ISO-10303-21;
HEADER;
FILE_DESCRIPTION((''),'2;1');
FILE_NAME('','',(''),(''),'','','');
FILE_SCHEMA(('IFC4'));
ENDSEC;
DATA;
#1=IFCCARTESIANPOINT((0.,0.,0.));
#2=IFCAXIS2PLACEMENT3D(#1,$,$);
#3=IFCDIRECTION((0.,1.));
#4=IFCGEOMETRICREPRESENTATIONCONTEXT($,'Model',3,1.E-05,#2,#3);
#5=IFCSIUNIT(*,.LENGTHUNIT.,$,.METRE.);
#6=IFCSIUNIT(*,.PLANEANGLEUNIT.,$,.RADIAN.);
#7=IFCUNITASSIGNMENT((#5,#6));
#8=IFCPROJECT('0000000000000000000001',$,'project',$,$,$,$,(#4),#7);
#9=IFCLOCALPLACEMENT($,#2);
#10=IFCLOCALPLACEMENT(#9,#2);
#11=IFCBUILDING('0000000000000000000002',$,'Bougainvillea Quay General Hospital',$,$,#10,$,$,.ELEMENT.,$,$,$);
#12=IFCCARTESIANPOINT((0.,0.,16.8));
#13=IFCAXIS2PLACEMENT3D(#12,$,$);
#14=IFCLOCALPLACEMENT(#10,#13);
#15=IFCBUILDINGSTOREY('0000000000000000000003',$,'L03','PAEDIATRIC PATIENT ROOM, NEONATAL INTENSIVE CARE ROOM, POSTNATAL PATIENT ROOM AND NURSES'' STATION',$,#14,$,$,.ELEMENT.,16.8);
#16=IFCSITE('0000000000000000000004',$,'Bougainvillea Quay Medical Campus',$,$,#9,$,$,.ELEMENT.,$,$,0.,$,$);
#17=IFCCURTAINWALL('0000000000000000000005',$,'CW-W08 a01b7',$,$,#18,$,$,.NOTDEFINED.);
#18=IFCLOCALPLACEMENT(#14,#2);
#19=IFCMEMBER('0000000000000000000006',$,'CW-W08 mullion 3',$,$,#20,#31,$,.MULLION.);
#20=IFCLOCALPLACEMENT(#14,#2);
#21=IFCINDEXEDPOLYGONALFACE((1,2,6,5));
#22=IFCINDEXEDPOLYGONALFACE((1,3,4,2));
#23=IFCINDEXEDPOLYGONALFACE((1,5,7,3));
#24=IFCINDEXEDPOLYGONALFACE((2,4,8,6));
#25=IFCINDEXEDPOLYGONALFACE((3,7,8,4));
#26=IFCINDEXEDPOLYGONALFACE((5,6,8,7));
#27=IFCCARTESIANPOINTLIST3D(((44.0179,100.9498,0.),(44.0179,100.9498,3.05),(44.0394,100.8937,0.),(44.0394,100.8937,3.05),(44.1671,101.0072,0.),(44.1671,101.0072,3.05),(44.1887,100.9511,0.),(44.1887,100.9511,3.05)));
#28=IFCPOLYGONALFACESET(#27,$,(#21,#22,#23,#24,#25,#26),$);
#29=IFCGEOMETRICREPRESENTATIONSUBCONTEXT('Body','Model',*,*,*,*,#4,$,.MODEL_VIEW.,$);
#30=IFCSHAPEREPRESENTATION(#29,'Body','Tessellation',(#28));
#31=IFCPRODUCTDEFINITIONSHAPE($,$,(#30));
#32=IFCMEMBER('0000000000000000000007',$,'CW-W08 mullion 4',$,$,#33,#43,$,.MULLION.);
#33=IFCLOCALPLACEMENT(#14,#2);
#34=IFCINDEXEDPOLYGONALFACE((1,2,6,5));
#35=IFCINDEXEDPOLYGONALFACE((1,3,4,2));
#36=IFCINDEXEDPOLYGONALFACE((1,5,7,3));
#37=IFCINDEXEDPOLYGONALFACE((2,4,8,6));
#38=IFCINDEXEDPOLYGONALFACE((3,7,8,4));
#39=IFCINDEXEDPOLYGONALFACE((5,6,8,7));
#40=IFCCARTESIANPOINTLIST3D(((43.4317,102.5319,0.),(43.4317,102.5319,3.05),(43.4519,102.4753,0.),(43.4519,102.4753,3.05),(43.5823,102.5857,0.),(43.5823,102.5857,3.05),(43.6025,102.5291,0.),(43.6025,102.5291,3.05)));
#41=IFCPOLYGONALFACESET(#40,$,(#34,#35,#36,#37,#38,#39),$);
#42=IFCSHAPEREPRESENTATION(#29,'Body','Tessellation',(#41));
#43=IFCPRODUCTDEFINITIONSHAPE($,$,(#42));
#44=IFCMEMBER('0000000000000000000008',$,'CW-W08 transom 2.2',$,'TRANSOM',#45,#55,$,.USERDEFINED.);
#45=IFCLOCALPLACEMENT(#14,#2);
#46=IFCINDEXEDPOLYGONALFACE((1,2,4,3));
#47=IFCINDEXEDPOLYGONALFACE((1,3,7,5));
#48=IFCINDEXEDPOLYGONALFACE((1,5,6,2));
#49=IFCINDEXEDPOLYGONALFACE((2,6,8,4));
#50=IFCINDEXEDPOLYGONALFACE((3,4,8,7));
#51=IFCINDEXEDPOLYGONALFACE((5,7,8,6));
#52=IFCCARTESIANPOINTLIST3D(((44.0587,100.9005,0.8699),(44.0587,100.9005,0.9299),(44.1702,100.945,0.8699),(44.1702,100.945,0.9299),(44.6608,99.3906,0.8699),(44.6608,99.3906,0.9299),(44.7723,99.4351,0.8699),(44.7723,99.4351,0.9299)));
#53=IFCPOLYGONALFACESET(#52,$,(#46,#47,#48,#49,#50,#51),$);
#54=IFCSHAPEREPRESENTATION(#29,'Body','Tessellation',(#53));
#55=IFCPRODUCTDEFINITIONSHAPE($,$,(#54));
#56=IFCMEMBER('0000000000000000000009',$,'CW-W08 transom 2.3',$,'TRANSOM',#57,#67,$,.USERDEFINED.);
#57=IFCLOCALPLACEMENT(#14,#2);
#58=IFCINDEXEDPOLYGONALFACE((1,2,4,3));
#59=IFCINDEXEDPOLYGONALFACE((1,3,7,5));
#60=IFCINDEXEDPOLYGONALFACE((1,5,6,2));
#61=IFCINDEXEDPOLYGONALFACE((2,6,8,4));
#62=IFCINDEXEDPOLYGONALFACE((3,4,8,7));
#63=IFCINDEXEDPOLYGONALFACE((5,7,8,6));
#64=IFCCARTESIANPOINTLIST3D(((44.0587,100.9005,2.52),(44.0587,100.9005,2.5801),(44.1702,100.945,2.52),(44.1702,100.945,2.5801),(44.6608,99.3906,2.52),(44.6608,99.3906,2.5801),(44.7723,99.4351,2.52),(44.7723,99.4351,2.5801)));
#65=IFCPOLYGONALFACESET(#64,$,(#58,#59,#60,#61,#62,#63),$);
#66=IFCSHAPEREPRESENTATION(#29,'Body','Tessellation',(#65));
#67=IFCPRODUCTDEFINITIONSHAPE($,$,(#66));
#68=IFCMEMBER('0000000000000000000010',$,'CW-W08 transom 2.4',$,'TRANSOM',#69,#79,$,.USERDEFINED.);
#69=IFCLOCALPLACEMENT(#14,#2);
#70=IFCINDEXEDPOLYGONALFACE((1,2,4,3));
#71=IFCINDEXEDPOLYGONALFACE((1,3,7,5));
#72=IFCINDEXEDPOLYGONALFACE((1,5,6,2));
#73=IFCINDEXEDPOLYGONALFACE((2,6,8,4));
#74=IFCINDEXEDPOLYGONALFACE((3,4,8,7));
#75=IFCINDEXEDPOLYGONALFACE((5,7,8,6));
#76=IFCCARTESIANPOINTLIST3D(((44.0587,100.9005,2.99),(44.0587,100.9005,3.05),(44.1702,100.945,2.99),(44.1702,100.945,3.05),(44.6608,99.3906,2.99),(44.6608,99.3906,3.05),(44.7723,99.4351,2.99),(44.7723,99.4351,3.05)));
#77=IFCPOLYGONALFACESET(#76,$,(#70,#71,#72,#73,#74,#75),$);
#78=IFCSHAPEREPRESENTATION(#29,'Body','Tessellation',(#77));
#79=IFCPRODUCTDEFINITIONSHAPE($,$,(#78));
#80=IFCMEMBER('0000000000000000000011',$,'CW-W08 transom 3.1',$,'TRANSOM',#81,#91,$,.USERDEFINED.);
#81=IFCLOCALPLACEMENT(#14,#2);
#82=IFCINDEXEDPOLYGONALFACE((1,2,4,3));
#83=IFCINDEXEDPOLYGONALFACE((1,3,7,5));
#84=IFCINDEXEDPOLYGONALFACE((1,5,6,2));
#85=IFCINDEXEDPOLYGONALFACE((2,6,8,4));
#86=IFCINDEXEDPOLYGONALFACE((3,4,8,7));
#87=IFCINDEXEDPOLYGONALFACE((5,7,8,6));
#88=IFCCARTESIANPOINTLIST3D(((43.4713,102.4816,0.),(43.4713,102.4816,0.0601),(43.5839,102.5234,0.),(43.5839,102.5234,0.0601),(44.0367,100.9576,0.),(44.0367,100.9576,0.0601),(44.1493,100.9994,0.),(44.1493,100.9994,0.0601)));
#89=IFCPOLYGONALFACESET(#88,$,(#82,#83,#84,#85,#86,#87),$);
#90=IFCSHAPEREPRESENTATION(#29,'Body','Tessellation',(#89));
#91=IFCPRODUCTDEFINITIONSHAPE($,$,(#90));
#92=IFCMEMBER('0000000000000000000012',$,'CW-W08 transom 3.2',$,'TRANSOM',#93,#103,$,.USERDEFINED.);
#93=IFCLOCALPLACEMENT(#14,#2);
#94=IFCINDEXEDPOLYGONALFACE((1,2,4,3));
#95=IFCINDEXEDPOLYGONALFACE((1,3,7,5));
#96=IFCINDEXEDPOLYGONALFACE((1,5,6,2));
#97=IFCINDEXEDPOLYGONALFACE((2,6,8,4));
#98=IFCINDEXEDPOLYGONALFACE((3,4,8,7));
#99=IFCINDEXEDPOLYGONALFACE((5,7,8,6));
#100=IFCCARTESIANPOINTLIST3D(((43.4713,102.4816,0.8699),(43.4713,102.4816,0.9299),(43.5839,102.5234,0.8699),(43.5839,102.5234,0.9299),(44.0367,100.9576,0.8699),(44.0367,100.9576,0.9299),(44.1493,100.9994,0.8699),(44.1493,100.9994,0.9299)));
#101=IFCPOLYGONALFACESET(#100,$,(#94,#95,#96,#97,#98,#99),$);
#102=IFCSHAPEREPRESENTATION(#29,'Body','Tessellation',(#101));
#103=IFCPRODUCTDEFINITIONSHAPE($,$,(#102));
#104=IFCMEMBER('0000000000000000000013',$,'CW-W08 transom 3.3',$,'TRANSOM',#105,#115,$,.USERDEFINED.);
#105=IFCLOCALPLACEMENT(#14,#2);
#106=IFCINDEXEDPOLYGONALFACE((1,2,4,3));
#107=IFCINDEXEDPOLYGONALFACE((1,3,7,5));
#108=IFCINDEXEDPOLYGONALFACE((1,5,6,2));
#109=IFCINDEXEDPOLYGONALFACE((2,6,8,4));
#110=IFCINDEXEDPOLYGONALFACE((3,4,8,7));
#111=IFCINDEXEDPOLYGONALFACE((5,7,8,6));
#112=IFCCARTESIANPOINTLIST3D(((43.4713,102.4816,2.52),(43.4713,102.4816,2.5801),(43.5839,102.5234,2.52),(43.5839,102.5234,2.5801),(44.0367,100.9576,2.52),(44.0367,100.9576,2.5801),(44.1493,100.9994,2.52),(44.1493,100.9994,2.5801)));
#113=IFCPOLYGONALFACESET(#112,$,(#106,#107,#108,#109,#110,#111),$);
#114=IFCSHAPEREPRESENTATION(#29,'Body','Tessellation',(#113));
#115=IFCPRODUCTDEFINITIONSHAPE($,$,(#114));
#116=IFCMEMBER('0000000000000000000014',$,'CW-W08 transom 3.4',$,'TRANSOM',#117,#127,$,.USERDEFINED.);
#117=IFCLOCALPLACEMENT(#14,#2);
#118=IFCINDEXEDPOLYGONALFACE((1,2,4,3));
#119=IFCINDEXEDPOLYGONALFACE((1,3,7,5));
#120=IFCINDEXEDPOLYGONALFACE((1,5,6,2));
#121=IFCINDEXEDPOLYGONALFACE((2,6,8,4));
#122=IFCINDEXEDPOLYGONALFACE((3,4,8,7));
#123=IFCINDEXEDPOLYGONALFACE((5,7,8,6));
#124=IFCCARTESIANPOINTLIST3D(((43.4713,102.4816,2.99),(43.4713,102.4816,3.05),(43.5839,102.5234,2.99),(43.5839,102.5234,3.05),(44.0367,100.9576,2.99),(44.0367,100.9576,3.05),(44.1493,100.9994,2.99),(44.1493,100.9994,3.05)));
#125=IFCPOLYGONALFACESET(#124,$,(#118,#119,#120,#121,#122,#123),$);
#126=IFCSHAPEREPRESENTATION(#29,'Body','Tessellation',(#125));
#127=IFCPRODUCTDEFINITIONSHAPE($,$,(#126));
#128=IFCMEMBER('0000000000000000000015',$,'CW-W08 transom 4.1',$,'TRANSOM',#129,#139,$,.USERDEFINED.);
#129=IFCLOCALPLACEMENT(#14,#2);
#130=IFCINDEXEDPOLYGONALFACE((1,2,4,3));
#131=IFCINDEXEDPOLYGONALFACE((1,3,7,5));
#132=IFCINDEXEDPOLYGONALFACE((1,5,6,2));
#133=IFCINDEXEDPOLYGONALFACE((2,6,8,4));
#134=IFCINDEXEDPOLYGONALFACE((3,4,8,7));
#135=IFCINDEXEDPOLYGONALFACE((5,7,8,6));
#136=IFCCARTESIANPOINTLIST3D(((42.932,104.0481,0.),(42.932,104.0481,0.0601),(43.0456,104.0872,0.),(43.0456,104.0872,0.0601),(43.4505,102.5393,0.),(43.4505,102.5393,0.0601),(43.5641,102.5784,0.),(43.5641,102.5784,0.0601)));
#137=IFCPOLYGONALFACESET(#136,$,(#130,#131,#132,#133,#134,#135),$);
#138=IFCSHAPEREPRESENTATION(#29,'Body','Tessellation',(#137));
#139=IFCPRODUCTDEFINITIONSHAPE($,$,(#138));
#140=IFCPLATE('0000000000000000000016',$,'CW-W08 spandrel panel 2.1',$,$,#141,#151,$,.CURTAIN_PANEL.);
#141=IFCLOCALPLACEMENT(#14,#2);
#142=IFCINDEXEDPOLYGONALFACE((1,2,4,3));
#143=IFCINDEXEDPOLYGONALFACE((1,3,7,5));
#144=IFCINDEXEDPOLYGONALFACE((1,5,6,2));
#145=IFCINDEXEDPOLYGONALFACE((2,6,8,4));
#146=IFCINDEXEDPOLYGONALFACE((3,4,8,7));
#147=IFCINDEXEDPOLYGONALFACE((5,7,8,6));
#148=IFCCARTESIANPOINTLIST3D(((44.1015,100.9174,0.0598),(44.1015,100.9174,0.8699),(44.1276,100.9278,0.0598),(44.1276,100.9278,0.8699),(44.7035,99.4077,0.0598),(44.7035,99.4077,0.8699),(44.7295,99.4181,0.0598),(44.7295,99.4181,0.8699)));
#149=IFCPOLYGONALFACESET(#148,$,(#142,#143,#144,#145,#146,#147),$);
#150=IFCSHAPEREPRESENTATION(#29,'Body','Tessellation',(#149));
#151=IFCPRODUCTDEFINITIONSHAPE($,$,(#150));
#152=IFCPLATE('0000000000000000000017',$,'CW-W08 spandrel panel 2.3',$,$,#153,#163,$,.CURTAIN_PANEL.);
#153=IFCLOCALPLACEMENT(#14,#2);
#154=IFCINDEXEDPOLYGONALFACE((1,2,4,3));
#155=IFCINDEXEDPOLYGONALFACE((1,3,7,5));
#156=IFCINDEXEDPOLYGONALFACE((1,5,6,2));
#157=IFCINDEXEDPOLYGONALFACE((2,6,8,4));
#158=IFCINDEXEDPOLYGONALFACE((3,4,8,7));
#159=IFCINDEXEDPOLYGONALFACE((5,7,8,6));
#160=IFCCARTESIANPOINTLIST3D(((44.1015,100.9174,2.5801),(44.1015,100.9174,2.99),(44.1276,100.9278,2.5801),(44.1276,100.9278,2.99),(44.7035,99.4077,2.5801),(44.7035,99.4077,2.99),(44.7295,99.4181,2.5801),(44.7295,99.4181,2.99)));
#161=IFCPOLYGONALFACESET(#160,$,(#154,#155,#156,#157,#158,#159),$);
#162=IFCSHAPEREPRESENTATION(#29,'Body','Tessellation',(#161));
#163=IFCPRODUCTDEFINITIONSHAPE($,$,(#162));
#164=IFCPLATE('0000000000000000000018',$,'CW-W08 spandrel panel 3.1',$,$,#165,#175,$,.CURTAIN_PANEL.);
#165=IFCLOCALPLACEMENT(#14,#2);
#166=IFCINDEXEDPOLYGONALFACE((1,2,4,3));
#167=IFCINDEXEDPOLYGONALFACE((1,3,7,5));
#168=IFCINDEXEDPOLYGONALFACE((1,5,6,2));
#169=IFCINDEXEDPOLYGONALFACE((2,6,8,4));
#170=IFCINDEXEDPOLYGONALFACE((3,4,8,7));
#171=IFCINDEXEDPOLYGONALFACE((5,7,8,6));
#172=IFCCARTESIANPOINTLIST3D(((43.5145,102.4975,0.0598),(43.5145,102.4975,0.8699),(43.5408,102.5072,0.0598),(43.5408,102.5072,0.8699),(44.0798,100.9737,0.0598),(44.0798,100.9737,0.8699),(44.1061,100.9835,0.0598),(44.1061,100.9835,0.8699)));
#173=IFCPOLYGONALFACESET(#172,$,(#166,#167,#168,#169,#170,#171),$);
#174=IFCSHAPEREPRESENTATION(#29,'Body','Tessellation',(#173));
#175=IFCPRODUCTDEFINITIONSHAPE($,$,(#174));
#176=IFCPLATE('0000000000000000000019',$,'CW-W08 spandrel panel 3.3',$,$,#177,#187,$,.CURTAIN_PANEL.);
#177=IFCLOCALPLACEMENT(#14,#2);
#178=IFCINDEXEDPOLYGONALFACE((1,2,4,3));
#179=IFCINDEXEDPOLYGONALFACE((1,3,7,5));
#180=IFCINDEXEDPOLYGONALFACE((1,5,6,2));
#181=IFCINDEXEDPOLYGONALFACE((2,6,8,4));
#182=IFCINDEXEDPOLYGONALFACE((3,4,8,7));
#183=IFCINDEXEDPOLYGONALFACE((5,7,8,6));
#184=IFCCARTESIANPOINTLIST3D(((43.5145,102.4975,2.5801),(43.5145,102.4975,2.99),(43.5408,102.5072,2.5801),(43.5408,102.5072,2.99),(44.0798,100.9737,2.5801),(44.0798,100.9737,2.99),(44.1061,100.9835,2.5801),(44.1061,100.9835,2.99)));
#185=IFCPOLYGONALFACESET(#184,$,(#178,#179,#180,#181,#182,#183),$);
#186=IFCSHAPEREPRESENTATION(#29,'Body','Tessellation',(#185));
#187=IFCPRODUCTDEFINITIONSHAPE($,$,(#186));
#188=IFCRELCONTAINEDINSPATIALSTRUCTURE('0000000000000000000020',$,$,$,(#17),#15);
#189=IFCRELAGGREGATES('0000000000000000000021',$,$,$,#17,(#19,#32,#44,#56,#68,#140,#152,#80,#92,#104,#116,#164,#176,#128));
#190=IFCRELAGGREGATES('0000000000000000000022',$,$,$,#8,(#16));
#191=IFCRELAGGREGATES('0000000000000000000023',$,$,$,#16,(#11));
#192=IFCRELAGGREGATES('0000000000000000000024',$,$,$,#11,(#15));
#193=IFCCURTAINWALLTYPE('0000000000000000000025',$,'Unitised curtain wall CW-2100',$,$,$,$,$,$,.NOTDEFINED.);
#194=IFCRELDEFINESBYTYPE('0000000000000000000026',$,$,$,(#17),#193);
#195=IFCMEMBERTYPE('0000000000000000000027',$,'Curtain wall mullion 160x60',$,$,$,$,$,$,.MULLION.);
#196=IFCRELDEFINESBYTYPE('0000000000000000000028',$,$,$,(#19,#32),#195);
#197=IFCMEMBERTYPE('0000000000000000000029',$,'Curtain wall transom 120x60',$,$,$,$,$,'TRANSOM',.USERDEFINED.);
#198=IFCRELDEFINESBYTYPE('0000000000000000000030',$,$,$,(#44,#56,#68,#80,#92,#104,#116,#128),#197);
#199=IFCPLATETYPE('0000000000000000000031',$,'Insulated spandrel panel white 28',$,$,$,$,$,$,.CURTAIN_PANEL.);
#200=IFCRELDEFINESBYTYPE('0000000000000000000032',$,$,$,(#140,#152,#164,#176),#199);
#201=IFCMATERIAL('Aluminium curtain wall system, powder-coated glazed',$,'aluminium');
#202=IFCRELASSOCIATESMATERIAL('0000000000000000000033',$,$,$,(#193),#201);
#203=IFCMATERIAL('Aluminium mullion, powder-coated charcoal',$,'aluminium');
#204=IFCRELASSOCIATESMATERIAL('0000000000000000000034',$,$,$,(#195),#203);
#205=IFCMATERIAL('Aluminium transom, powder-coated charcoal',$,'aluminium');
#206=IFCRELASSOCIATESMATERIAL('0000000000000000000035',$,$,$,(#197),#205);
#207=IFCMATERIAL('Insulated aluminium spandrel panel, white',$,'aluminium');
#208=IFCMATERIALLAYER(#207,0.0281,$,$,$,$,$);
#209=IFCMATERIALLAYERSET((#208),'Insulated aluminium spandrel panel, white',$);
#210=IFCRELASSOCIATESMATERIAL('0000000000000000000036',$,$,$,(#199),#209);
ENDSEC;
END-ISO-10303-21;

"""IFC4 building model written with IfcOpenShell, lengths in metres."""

from ifc_helpers import new_model, si_unit, direction, frame, origin, origin_2d, place, context, subcontext, project, spatial, rectangle, extrude, material, layer, layer_set, material_profile, profile_set, type_object, element, aggregate, save


model = new_model("IFC4")

# Units and contexts
model_context = context("Model", 3, precision=1e-05, world=origin(), true_north=direction((0.0, 1.0)))
body_context = subcontext(model_context, "Body", "Model", "MODEL_VIEW")
ifc_project = project(units=[si_unit("LENGTHUNIT", "METRE"), si_unit("PLANEANGLEUNIT", "RADIAN")], contexts=[model_context])

# Site, building, storey
site_placement = place(None, origin())
site = spatial("IfcSite", under=ifc_project, at=site_placement, Name="Bougainvillea Quay Medical Campus", CompositionType="ELEMENT", RefElevation=0.0)
building_placement = place(site_placement, origin())
building = spatial("IfcBuilding", under=site, at=building_placement, Name="Bougainvillea Quay General Hospital", CompositionType="ELEMENT")
storey_placement = place(building_placement, frame((0.0, 0.0, 16.8)))
storey = spatial("IfcBuildingStorey", under=building, at=storey_placement, Name="L03", Description="PAEDIATRIC PATIENT ROOM, NEONATAL INTENSIVE CARE ROOM, POSTNATAL PATIENT ROOM AND NURSES' STATION", CompositionType="ELEMENT", Elevation=16.8)

# Curtain wall, members, plates
ifc_material_1 = material(Name="Aluminium curtain wall system, powder-coated glazed", Category="aluminium")
curtain_wall_type = type_object("IfcCurtainWallType", Name="Unitised curtain wall CW-2100", PredefinedType="NOTDEFINED", material=ifc_material_1)
curtain_wall_placement = place(storey_placement, origin())
curtain_wall = element("IfcCurtainWall", 1, at=curtain_wall_placement, inside=storey, type_object=curtain_wall_type, Name="CW-W08 a01b7", PredefinedType="NOTDEFINED")
ifc_material_2 = material(Name="Aluminium mullion, powder-coated charcoal", Category="aluminium")
ifc_material_profile_1 = material_profile(ifc_material_2, rectangle(XDim=0.1599, YDim=0.0601, at=origin_2d()))
ifc_profile_set_1 = profile_set([ifc_material_profile_1], Name="Aluminium mullion, powder-coated charcoal")
member_type_1 = type_object("IfcMemberType", Name="Curtain wall mullion 160x60", PredefinedType="MULLION", material=ifc_profile_set_1)
member_1_placement = place(storey_placement, frame((44.1033, 100.9504, 0.0), z_axis=(0.0, 0.0, 1.0), x_axis=(-0.933286, -0.359135, 0.0)))
member_1 = element("IfcMember", 2, at=member_1_placement, type_object=member_type_1, Name="CW-W08 mullion 3", PredefinedType="MULLION", context=body_context, shape_type="SweptSolid", body=[
    extrude(rectangle(XDim=0.1599, YDim=0.0601, at=origin_2d()), origin(), (0.0, 0.0, 1.0), 3.05),
])
member_2_placement = place(storey_placement, frame((43.5171, 102.5305, 0.0), z_axis=(0.0, 0.0, 1.0), x_axis=(-0.94169, -0.336481, 0.0)))
member_2 = element("IfcMember", 3, at=member_2_placement, type_object=member_type_1, Name="CW-W08 mullion 4", PredefinedType="MULLION", context=body_context, shape_type="SweptSolid", body=[
    extrude(rectangle(XDim=0.1599, YDim=0.0601, at=origin_2d()), origin(), (0.0, 0.0, 1.0), 3.05),
])
ifc_material_3 = material(Name="Aluminium transom, powder-coated charcoal", Category="aluminium")
ifc_material_profile_2 = material_profile(ifc_material_3, rectangle(XDim=0.1201, YDim=0.0601, at=origin_2d()))
ifc_profile_set_2 = profile_set([ifc_material_profile_2], Name="Aluminium transom, powder-coated charcoal")
member_type_2 = type_object("IfcMemberType", Name="Curtain wall transom 120x60", ElementType="TRANSOM", PredefinedType="USERDEFINED", material=ifc_profile_set_2)
member_3_placement = place(storey_placement, frame((44.7166, 99.4128, 0.8999), z_axis=(-0.370406, 0.92887, 0.0), x_axis=(-0.92887, -0.370406, 0.0)))
member_3 = element("IfcMember", 4, at=member_3_placement, type_object=member_type_2, Name="CW-W08 transom 2.2", ObjectType="TRANSOM", PredefinedType="USERDEFINED", context=body_context, shape_type="SweptSolid", body=[
    extrude(rectangle(XDim=0.1201, YDim=0.0601, at=origin_2d()), origin(), (0.0, 0.0, 1.0), 1.6255),
])
member_4_placement = place(storey_placement, frame((44.7166, 99.4128, 2.55), z_axis=(-0.370406, 0.92887, 0.0), x_axis=(-0.92887, -0.370406, 0.0)))
member_4 = element("IfcMember", 5, at=member_4_placement, type_object=member_type_2, Name="CW-W08 transom 2.3", ObjectType="TRANSOM", PredefinedType="USERDEFINED", context=body_context, shape_type="SweptSolid", body=[
    extrude(rectangle(XDim=0.1201, YDim=0.0601, at=origin_2d()), origin(), (0.0, 0.0, 1.0), 1.6255),
])
member_5_placement = place(storey_placement, frame((44.7166, 99.4128, 3.02), z_axis=(-0.370406, 0.92887, 0.0), x_axis=(-0.92887, -0.370406, 0.0)))
member_5 = element("IfcMember", 6, at=member_5_placement, type_object=member_type_2, Name="CW-W08 transom 2.4", ObjectType="TRANSOM", PredefinedType="USERDEFINED", context=body_context, shape_type="SweptSolid", body=[
    extrude(rectangle(XDim=0.1201, YDim=0.0601, at=origin_2d()), origin(), (0.0, 0.0, 1.0), 1.6255),
])
member_6_placement = place(storey_placement, frame((44.093, 100.9785, 0.03), z_axis=(-0.347862, 0.937546, 0.0), x_axis=(-0.937546, -0.347862, 0.0)))
member_6 = element("IfcMember", 7, at=member_6_placement, type_object=member_type_2, Name="CW-W08 transom 3.1", ObjectType="TRANSOM", PredefinedType="USERDEFINED", context=body_context, shape_type="SweptSolid", body=[
    extrude(rectangle(XDim=0.1201, YDim=0.0601, at=origin_2d()), origin(), (0.0, 0.0, 1.0), 1.6255),
])
member_7_placement = place(storey_placement, frame((44.093, 100.9785, 0.8999), z_axis=(-0.347862, 0.937546, 0.0), x_axis=(-0.937546, -0.347862, 0.0)))
member_7 = element("IfcMember", 8, at=member_7_placement, type_object=member_type_2, Name="CW-W08 transom 3.2", ObjectType="TRANSOM", PredefinedType="USERDEFINED", context=body_context, shape_type="SweptSolid", body=[
    extrude(rectangle(XDim=0.1201, YDim=0.0601, at=origin_2d()), origin(), (0.0, 0.0, 1.0), 1.6255),
])
member_8_placement = place(storey_placement, frame((44.093, 100.9785, 2.55), z_axis=(-0.347862, 0.937546, 0.0), x_axis=(-0.937546, -0.347862, 0.0)))
member_8 = element("IfcMember", 9, at=member_8_placement, type_object=member_type_2, Name="CW-W08 transom 3.3", ObjectType="TRANSOM", PredefinedType="USERDEFINED", context=body_context, shape_type="SweptSolid", body=[
    extrude(rectangle(XDim=0.1201, YDim=0.0601, at=origin_2d()), origin(), (0.0, 0.0, 1.0), 1.6255),
])
member_9_placement = place(storey_placement, frame((44.093, 100.9785, 3.02), z_axis=(-0.347862, 0.937546, 0.0), x_axis=(-0.937546, -0.347862, 0.0)))
member_9 = element("IfcMember", 10, at=member_9_placement, type_object=member_type_2, Name="CW-W08 transom 3.4", ObjectType="TRANSOM", PredefinedType="USERDEFINED", context=body_context, shape_type="SweptSolid", body=[
    extrude(rectangle(XDim=0.1201, YDim=0.0601, at=origin_2d()), origin(), (0.0, 0.0, 1.0), 1.6255),
])
member_10_placement = place(storey_placement, frame((43.5073, 102.5588, 0.03), z_axis=(-0.325028, 0.945704, 0.0), x_axis=(-0.945704, -0.325028, 0.0)))
member_10 = element("IfcMember", 11, at=member_10_placement, type_object=member_type_2, Name="CW-W08 transom 4.1", ObjectType="TRANSOM", PredefinedType="USERDEFINED", context=body_context, shape_type="SweptSolid", body=[
    extrude(rectangle(XDim=0.1201, YDim=0.0601, at=origin_2d()), origin(), (0.0, 0.0, 1.0), 1.5955),
])
ifc_material_4 = material(Name="Insulated aluminium spandrel panel, white", Category="aluminium")
ifc_layer_1 = layer(ifc_material_4, 0.0281)
ifc_layer_set_1 = layer_set([ifc_layer_1], Name="Insulated aluminium spandrel panel, white")
plate_type_1 = type_object("IfcPlateType", Name="Insulated spandrel panel white 28", PredefinedType="CURTAIN_PANEL", material=ifc_layer_set_1)
plate_1_placement = place(storey_placement, frame((44.4155, 100.1677, 0.0598), z_axis=(0.0, 0.0, 1.0), x_axis=(-0.370384, 0.928879, 0.0)))
plate_1 = element("IfcPlate", 12, at=plate_1_placement, type_object=plate_type_1, Name="CW-W08 spandrel panel 2.1", PredefinedType="CURTAIN_PANEL", context=body_context, shape_type="SweptSolid", body=[
    extrude(rectangle(XDim=1.6252, YDim=0.0281, at=origin_2d()), origin(), (0.0, 0.0, 1.0), 0.8101),
])
plate_2_placement = place(storey_placement, frame((44.4155, 100.1677, 2.5801), z_axis=(0.0, 0.0, 1.0), x_axis=(-0.370384, 0.928879, 0.0)))
plate_2 = element("IfcPlate", 13, at=plate_2_placement, type_object=plate_type_1, Name="CW-W08 spandrel panel 2.3", PredefinedType="CURTAIN_PANEL", context=body_context, shape_type="SweptSolid", body=[
    extrude(rectangle(XDim=1.6252, YDim=0.0281, at=origin_2d()), origin(), (0.0, 0.0, 1.0), 0.4099),
])
plate_3_placement = place(storey_placement, frame((43.8103, 101.7405, 0.0598), z_axis=(0.0, 0.0, 1.0), x_axis=(-0.347833, 0.937556, 0.0)))
plate_3 = element("IfcPlate", 14, at=plate_3_placement, type_object=plate_type_1, Name="CW-W08 spandrel panel 3.1", PredefinedType="CURTAIN_PANEL", context=body_context, shape_type="SweptSolid", body=[
    extrude(rectangle(XDim=1.6252, YDim=0.0281, at=origin_2d()), origin(), (0.0, 0.0, 1.0), 0.8101),
])
plate_4_placement = place(storey_placement, frame((43.8103, 101.7405, 2.5801), z_axis=(0.0, 0.0, 1.0), x_axis=(-0.347833, 0.937556, 0.0)))
plate_4 = element("IfcPlate", 15, at=plate_4_placement, type_object=plate_type_1, Name="CW-W08 spandrel panel 3.3", PredefinedType="CURTAIN_PANEL", context=body_context, shape_type="SweptSolid", body=[
    extrude(rectangle(XDim=1.6252, YDim=0.0281, at=origin_2d()), origin(), (0.0, 0.0, 1.0), 0.4099),
])
aggregate(curtain_wall, [member_1, member_2, member_3, member_4, member_5, plate_1, plate_2, member_6, member_7, member_8, member_9, plate_3, plate_4, member_10])

save(model, "model.ifc")
